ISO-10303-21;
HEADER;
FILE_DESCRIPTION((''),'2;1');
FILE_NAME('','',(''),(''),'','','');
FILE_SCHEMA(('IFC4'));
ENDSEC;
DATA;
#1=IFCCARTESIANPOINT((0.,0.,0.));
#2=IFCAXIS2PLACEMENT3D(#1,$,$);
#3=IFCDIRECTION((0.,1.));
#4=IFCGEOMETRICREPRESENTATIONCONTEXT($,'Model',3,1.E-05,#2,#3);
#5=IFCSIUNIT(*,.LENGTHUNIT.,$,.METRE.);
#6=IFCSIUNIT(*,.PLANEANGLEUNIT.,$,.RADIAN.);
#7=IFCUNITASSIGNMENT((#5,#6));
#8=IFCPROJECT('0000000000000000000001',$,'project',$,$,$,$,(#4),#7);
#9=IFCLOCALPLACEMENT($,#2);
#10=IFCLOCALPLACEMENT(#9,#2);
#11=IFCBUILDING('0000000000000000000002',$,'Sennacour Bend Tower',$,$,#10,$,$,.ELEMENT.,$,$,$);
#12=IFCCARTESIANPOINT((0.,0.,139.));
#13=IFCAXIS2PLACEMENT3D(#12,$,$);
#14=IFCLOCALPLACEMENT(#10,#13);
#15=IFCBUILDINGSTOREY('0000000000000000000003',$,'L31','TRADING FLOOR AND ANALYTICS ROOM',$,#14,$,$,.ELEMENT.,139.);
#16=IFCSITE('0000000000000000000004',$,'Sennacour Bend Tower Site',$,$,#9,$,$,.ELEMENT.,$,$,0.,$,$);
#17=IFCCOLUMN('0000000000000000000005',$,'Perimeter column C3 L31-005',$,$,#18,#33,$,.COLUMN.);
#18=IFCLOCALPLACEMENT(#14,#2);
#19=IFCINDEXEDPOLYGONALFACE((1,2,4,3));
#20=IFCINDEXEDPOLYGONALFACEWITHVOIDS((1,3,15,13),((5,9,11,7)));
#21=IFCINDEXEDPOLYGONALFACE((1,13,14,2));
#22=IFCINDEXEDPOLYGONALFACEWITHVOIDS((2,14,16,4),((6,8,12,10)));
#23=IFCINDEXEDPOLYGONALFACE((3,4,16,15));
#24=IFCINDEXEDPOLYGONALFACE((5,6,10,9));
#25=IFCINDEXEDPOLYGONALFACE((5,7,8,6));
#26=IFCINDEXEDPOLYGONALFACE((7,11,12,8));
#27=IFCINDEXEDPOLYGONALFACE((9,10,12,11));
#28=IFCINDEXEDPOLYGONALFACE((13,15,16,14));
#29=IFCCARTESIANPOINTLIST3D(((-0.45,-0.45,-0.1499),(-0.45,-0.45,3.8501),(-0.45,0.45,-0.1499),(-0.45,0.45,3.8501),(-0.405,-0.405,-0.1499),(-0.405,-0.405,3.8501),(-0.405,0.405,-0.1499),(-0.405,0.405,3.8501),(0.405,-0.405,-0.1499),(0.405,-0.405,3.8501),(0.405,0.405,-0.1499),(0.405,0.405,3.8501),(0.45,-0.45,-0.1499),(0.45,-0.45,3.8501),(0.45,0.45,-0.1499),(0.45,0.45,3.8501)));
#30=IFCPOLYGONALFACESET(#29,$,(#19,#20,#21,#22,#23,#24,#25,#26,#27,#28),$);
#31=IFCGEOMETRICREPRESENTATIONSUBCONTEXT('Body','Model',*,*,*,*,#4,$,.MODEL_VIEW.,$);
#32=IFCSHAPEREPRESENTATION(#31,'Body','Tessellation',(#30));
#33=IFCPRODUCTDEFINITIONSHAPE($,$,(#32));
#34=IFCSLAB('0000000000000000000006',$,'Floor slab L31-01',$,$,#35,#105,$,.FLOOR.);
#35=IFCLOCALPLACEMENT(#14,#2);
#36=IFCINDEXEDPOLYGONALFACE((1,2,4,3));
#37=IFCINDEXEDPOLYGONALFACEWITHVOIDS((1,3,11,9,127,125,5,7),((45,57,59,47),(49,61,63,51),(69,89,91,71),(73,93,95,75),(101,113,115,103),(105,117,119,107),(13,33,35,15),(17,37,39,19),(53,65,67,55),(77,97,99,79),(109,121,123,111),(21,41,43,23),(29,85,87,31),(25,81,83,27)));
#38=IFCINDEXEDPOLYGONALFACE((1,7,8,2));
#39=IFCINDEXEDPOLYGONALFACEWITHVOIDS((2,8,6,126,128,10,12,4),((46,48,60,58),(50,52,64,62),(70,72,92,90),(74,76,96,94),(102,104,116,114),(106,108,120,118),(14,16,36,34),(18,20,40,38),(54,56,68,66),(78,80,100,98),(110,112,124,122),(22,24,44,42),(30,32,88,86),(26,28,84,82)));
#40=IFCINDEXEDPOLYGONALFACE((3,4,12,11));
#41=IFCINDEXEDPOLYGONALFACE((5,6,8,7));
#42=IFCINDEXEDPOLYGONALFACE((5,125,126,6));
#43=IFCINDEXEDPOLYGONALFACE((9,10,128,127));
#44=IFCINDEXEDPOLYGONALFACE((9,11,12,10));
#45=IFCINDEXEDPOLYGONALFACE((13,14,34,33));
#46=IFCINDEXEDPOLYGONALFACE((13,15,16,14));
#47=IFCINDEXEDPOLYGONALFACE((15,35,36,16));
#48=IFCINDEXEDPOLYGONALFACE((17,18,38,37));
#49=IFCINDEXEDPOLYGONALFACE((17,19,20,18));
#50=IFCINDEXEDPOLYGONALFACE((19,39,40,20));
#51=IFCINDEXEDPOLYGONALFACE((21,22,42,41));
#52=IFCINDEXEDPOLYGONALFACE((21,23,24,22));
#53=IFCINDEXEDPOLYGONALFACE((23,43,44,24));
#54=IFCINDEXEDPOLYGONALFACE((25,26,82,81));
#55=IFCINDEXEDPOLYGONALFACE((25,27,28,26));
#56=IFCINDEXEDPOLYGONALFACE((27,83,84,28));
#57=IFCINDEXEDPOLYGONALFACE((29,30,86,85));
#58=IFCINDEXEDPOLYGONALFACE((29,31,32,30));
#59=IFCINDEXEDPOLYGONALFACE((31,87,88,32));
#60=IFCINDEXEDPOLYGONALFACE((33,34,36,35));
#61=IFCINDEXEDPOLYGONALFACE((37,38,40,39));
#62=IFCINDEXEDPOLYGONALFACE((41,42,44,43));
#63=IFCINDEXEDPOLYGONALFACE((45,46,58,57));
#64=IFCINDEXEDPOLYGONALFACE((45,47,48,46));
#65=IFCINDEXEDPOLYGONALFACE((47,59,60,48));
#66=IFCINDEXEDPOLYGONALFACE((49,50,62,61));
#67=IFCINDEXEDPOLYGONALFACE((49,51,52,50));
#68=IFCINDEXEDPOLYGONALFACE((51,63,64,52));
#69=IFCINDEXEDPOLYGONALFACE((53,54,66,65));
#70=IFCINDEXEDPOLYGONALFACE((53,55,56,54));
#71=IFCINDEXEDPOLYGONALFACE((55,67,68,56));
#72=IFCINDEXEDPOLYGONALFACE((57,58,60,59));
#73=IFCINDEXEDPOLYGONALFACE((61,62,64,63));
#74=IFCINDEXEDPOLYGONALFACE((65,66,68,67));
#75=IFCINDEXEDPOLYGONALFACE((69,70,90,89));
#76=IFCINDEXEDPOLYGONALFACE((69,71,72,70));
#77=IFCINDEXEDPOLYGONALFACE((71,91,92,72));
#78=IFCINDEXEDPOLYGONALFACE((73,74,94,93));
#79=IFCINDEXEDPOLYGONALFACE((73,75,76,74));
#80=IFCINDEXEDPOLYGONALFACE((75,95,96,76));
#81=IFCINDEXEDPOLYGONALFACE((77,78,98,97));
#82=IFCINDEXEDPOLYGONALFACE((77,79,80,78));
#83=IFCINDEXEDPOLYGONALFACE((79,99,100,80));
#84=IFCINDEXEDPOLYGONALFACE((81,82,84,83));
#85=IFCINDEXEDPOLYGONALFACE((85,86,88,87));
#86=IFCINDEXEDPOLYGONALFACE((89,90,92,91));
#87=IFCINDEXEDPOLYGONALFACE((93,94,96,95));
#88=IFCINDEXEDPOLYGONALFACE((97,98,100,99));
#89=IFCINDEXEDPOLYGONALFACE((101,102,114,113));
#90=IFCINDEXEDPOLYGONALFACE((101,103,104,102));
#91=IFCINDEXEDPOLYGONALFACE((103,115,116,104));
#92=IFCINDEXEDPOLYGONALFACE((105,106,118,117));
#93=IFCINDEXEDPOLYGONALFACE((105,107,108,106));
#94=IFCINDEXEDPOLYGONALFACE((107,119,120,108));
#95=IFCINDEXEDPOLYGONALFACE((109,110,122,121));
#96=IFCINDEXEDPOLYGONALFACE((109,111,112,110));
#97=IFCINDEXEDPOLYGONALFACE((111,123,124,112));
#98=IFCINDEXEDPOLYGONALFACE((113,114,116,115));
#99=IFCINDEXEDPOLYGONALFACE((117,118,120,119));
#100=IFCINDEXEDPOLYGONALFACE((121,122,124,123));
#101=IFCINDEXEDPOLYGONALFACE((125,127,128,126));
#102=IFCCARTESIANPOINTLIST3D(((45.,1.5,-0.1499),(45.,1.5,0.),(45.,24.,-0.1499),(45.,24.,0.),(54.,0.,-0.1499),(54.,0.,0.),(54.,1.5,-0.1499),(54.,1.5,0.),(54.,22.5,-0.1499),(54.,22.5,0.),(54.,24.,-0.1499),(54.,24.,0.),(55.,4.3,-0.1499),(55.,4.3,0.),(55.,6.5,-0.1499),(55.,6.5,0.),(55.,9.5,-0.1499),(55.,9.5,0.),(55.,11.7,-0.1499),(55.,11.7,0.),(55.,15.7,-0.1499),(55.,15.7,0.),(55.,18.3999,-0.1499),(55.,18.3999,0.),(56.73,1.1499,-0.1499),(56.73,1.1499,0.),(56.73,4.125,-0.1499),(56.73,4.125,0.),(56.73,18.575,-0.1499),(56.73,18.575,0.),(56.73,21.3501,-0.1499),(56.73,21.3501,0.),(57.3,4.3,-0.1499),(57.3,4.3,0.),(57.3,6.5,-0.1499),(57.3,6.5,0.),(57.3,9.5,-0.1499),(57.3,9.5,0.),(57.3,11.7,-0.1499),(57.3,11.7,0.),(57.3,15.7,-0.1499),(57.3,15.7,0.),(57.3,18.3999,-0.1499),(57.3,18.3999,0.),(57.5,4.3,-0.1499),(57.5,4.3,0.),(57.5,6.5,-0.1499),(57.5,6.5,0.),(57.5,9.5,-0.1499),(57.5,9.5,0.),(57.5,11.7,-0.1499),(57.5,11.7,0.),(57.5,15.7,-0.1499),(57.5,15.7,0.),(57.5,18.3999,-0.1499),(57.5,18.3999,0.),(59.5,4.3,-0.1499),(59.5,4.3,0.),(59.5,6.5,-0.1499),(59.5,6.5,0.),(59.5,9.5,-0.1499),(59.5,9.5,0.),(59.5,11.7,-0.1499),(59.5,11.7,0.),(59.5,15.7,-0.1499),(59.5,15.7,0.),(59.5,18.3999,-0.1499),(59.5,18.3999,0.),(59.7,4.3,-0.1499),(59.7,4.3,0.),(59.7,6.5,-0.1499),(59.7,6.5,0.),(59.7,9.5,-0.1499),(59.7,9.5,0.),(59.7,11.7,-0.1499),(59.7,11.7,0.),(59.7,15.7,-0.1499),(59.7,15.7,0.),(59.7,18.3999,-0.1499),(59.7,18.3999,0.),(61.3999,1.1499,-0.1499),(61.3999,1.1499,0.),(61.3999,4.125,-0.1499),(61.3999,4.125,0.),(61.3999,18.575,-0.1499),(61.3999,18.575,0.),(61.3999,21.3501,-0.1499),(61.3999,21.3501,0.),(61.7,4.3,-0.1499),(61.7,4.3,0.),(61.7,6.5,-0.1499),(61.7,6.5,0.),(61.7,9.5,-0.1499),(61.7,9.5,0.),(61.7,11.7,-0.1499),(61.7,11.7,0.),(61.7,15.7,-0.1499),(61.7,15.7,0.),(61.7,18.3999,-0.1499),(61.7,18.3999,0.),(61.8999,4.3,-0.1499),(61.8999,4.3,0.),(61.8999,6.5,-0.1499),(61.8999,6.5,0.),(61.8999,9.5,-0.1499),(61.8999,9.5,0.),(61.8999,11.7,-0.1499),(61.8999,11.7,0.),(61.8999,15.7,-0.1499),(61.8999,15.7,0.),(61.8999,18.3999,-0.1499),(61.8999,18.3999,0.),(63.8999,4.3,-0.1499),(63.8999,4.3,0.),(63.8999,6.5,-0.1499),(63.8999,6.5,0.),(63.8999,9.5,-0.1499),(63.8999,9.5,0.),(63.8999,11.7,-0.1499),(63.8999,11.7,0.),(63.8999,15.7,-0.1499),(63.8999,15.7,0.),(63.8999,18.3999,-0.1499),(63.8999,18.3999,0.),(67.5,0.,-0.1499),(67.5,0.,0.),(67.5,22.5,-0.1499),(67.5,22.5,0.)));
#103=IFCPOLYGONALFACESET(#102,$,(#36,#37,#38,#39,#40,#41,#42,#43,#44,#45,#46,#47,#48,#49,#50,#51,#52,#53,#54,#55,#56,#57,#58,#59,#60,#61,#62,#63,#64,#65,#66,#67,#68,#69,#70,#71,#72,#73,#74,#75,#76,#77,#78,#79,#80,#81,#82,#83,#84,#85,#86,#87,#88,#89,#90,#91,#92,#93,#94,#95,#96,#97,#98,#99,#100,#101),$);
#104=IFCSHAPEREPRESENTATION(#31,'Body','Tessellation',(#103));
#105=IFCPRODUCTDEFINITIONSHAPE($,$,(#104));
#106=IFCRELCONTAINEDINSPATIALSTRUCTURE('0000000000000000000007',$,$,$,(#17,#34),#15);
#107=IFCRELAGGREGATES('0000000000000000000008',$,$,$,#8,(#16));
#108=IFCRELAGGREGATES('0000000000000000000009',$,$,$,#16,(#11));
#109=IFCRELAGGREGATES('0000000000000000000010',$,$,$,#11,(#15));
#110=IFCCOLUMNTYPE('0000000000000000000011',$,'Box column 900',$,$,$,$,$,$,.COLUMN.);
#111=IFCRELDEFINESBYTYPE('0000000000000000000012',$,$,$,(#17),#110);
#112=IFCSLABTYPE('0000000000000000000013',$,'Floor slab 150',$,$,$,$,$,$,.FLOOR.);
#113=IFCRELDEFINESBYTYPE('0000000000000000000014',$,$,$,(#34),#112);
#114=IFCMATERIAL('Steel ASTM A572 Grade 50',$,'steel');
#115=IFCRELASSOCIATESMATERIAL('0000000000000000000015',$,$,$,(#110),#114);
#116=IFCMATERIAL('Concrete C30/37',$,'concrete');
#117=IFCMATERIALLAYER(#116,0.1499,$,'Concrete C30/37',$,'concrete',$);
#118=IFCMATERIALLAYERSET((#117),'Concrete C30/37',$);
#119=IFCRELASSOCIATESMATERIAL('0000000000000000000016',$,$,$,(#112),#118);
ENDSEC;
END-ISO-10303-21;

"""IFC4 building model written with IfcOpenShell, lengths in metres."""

from ifc_helpers import new_model, si_unit, direction, frame, origin, origin_2d, place, context, subcontext, project, spatial, polyline, hollow_rectangle, outline, extrude, material, layer, layer_set, material_profile, profile_set, type_object, element, save


model = new_model("IFC4")

# Units and contexts
model_context = context("Model", 3, precision=1e-05, world=origin(), true_north=direction((0.0, 1.0)))
body_context = subcontext(model_context, "Body", "Model", "MODEL_VIEW")
ifc_project = project(units=[si_unit("LENGTHUNIT", "METRE"), si_unit("PLANEANGLEUNIT", "RADIAN")], contexts=[model_context])

# Site, building, storey
site_placement = place(None, origin())
site = spatial("IfcSite", under=ifc_project, at=site_placement, Name="Sennacour Bend Tower Site", CompositionType="ELEMENT", RefElevation=0.0)
building_placement = place(site_placement, origin())
building = spatial("IfcBuilding", under=site, at=building_placement, Name="Sennacour Bend Tower", CompositionType="ELEMENT")
storey_placement = place(building_placement, frame((0.0, 0.0, 139.0)))
storey = spatial("IfcBuildingStorey", under=building, at=storey_placement, Name="L31", Description="TRADING FLOOR AND ANALYTICS ROOM", CompositionType="ELEMENT", Elevation=139.0)

# Column
ifc_material_1 = material(Name="Steel ASTM A572 Grade 50", Category="steel")
ifc_material_profile = material_profile(ifc_material_1, hollow_rectangle(XDim=0.8999, YDim=0.8999, WallThickness=0.0449, at=origin_2d()), Name="Steel ASTM A572 Grade 50", Category="steel")
ifc_profile_set = profile_set([ifc_material_profile], Name="Steel ASTM A572 Grade 50")
column_type = type_object("IfcColumnType", Name="Box column 900", PredefinedType="COLUMN", material=ifc_profile_set)
column_placement = place(storey_placement, frame((0.0, 0.0, -0.1499), z_axis=(0.0, 0.0, 1.0), x_axis=(1.0, 0.0, 0.0)))
element("IfcColumn", 1, at=column_placement, inside=storey, type_object=column_type, Name="Perimeter column C3 L31-005", PredefinedType="COLUMN", context=body_context, shape_type="SweptSolid", body=[
    extrude(hollow_rectangle(XDim=0.8999, YDim=0.8999, WallThickness=0.0449, at=origin_2d()), origin(), (0.0, 0.0, 1.0), 4.0),
])

# Slab
ifc_material_2 = material(Name="Concrete C30/37", Category="concrete")
ifc_layer_1 = layer(ifc_material_2, 0.1499, Name="Concrete C30/37", Category="concrete")
ifc_layer_set_1 = layer_set([ifc_layer_1], Name="Concrete C30/37")
slab_type_1 = type_object("IfcSlabType", Name="Floor slab 150", PredefinedType="FLOOR", material=ifc_layer_set_1)
slab_1_placement = place(storey_placement, frame((0.0, 0.0, -0.1499)))
element("IfcSlab", 2, at=slab_1_placement, inside=storey, type_object=slab_type_1, Name="Floor slab L31-01", PredefinedType="FLOOR", context=body_context, shape_type="SweptSolid", body=[
    extrude(outline(polyline([(45.0, 24.0), (54.0, 24.0), (54.0, 22.5), (67.5, 22.5), (67.5, 0.0), (54.0, 0.0), (54.0, 1.5), (45.0, 1.5), (45.0, 24.0)]), holes=[polyline([(61.3999, 4.125), (56.73, 4.125), (56.73, 1.1499), (61.3999, 1.1499), (61.3999, 4.125)]), polyline([(57.3, 4.3), (57.3, 6.5), (55.0, 6.5), (55.0, 4.3), (57.3, 4.3)]), polyline([(59.5, 4.3), (59.5, 6.5), (57.5, 6.5), (57.5, 4.3), (59.5, 4.3)]), polyline([(57.3, 9.5), (57.3, 11.7), (55.0, 11.7), (55.0, 9.5), (57.3, 9.5)]), polyline([(59.5, 9.5), (59.5, 11.7), (57.5, 11.7), (57.5, 9.5), (59.5, 9.5)]), polyline([(57.3, 15.7), (57.3, 18.3999), (55.0, 18.3999), (55.0, 15.7), (57.3, 15.7)]), polyline([(59.5, 15.7), (59.5, 18.3999), (57.5, 18.3999), (57.5, 15.7), (59.5, 15.7)]), polyline([(61.7, 6.5), (59.7, 6.5), (59.7, 4.3), (61.7, 4.3), (61.7, 6.5)]), polyline([(63.8999, 4.3), (63.8999, 6.5), (61.8999, 6.5), (61.8999, 4.3), (63.8999, 4.3)]), polyline([(61.7, 9.5), (61.7, 11.7), (59.7, 11.7), (59.7, 9.5), (61.7, 9.5)]), polyline([(63.8999, 9.5), (63.8999, 11.7), (61.8999, 11.7), (61.8999, 9.5), (63.8999, 9.5)]), polyline([(61.7, 15.7), (61.7, 18.3999), (59.7, 18.3999), (59.7, 15.7), (61.7, 15.7)]), polyline([(63.8999, 15.7), (63.8999, 18.3999), (61.8999, 18.3999), (61.8999, 15.7), (63.8999, 15.7)]), polyline([(61.3999, 18.575), (61.3999, 21.3501), (56.73, 21.3501), (56.73, 18.575), (61.3999, 18.575)])]), origin(), (0.0, 0.0, 1.0), 0.1499),
])

save(model, "model.ifc")
